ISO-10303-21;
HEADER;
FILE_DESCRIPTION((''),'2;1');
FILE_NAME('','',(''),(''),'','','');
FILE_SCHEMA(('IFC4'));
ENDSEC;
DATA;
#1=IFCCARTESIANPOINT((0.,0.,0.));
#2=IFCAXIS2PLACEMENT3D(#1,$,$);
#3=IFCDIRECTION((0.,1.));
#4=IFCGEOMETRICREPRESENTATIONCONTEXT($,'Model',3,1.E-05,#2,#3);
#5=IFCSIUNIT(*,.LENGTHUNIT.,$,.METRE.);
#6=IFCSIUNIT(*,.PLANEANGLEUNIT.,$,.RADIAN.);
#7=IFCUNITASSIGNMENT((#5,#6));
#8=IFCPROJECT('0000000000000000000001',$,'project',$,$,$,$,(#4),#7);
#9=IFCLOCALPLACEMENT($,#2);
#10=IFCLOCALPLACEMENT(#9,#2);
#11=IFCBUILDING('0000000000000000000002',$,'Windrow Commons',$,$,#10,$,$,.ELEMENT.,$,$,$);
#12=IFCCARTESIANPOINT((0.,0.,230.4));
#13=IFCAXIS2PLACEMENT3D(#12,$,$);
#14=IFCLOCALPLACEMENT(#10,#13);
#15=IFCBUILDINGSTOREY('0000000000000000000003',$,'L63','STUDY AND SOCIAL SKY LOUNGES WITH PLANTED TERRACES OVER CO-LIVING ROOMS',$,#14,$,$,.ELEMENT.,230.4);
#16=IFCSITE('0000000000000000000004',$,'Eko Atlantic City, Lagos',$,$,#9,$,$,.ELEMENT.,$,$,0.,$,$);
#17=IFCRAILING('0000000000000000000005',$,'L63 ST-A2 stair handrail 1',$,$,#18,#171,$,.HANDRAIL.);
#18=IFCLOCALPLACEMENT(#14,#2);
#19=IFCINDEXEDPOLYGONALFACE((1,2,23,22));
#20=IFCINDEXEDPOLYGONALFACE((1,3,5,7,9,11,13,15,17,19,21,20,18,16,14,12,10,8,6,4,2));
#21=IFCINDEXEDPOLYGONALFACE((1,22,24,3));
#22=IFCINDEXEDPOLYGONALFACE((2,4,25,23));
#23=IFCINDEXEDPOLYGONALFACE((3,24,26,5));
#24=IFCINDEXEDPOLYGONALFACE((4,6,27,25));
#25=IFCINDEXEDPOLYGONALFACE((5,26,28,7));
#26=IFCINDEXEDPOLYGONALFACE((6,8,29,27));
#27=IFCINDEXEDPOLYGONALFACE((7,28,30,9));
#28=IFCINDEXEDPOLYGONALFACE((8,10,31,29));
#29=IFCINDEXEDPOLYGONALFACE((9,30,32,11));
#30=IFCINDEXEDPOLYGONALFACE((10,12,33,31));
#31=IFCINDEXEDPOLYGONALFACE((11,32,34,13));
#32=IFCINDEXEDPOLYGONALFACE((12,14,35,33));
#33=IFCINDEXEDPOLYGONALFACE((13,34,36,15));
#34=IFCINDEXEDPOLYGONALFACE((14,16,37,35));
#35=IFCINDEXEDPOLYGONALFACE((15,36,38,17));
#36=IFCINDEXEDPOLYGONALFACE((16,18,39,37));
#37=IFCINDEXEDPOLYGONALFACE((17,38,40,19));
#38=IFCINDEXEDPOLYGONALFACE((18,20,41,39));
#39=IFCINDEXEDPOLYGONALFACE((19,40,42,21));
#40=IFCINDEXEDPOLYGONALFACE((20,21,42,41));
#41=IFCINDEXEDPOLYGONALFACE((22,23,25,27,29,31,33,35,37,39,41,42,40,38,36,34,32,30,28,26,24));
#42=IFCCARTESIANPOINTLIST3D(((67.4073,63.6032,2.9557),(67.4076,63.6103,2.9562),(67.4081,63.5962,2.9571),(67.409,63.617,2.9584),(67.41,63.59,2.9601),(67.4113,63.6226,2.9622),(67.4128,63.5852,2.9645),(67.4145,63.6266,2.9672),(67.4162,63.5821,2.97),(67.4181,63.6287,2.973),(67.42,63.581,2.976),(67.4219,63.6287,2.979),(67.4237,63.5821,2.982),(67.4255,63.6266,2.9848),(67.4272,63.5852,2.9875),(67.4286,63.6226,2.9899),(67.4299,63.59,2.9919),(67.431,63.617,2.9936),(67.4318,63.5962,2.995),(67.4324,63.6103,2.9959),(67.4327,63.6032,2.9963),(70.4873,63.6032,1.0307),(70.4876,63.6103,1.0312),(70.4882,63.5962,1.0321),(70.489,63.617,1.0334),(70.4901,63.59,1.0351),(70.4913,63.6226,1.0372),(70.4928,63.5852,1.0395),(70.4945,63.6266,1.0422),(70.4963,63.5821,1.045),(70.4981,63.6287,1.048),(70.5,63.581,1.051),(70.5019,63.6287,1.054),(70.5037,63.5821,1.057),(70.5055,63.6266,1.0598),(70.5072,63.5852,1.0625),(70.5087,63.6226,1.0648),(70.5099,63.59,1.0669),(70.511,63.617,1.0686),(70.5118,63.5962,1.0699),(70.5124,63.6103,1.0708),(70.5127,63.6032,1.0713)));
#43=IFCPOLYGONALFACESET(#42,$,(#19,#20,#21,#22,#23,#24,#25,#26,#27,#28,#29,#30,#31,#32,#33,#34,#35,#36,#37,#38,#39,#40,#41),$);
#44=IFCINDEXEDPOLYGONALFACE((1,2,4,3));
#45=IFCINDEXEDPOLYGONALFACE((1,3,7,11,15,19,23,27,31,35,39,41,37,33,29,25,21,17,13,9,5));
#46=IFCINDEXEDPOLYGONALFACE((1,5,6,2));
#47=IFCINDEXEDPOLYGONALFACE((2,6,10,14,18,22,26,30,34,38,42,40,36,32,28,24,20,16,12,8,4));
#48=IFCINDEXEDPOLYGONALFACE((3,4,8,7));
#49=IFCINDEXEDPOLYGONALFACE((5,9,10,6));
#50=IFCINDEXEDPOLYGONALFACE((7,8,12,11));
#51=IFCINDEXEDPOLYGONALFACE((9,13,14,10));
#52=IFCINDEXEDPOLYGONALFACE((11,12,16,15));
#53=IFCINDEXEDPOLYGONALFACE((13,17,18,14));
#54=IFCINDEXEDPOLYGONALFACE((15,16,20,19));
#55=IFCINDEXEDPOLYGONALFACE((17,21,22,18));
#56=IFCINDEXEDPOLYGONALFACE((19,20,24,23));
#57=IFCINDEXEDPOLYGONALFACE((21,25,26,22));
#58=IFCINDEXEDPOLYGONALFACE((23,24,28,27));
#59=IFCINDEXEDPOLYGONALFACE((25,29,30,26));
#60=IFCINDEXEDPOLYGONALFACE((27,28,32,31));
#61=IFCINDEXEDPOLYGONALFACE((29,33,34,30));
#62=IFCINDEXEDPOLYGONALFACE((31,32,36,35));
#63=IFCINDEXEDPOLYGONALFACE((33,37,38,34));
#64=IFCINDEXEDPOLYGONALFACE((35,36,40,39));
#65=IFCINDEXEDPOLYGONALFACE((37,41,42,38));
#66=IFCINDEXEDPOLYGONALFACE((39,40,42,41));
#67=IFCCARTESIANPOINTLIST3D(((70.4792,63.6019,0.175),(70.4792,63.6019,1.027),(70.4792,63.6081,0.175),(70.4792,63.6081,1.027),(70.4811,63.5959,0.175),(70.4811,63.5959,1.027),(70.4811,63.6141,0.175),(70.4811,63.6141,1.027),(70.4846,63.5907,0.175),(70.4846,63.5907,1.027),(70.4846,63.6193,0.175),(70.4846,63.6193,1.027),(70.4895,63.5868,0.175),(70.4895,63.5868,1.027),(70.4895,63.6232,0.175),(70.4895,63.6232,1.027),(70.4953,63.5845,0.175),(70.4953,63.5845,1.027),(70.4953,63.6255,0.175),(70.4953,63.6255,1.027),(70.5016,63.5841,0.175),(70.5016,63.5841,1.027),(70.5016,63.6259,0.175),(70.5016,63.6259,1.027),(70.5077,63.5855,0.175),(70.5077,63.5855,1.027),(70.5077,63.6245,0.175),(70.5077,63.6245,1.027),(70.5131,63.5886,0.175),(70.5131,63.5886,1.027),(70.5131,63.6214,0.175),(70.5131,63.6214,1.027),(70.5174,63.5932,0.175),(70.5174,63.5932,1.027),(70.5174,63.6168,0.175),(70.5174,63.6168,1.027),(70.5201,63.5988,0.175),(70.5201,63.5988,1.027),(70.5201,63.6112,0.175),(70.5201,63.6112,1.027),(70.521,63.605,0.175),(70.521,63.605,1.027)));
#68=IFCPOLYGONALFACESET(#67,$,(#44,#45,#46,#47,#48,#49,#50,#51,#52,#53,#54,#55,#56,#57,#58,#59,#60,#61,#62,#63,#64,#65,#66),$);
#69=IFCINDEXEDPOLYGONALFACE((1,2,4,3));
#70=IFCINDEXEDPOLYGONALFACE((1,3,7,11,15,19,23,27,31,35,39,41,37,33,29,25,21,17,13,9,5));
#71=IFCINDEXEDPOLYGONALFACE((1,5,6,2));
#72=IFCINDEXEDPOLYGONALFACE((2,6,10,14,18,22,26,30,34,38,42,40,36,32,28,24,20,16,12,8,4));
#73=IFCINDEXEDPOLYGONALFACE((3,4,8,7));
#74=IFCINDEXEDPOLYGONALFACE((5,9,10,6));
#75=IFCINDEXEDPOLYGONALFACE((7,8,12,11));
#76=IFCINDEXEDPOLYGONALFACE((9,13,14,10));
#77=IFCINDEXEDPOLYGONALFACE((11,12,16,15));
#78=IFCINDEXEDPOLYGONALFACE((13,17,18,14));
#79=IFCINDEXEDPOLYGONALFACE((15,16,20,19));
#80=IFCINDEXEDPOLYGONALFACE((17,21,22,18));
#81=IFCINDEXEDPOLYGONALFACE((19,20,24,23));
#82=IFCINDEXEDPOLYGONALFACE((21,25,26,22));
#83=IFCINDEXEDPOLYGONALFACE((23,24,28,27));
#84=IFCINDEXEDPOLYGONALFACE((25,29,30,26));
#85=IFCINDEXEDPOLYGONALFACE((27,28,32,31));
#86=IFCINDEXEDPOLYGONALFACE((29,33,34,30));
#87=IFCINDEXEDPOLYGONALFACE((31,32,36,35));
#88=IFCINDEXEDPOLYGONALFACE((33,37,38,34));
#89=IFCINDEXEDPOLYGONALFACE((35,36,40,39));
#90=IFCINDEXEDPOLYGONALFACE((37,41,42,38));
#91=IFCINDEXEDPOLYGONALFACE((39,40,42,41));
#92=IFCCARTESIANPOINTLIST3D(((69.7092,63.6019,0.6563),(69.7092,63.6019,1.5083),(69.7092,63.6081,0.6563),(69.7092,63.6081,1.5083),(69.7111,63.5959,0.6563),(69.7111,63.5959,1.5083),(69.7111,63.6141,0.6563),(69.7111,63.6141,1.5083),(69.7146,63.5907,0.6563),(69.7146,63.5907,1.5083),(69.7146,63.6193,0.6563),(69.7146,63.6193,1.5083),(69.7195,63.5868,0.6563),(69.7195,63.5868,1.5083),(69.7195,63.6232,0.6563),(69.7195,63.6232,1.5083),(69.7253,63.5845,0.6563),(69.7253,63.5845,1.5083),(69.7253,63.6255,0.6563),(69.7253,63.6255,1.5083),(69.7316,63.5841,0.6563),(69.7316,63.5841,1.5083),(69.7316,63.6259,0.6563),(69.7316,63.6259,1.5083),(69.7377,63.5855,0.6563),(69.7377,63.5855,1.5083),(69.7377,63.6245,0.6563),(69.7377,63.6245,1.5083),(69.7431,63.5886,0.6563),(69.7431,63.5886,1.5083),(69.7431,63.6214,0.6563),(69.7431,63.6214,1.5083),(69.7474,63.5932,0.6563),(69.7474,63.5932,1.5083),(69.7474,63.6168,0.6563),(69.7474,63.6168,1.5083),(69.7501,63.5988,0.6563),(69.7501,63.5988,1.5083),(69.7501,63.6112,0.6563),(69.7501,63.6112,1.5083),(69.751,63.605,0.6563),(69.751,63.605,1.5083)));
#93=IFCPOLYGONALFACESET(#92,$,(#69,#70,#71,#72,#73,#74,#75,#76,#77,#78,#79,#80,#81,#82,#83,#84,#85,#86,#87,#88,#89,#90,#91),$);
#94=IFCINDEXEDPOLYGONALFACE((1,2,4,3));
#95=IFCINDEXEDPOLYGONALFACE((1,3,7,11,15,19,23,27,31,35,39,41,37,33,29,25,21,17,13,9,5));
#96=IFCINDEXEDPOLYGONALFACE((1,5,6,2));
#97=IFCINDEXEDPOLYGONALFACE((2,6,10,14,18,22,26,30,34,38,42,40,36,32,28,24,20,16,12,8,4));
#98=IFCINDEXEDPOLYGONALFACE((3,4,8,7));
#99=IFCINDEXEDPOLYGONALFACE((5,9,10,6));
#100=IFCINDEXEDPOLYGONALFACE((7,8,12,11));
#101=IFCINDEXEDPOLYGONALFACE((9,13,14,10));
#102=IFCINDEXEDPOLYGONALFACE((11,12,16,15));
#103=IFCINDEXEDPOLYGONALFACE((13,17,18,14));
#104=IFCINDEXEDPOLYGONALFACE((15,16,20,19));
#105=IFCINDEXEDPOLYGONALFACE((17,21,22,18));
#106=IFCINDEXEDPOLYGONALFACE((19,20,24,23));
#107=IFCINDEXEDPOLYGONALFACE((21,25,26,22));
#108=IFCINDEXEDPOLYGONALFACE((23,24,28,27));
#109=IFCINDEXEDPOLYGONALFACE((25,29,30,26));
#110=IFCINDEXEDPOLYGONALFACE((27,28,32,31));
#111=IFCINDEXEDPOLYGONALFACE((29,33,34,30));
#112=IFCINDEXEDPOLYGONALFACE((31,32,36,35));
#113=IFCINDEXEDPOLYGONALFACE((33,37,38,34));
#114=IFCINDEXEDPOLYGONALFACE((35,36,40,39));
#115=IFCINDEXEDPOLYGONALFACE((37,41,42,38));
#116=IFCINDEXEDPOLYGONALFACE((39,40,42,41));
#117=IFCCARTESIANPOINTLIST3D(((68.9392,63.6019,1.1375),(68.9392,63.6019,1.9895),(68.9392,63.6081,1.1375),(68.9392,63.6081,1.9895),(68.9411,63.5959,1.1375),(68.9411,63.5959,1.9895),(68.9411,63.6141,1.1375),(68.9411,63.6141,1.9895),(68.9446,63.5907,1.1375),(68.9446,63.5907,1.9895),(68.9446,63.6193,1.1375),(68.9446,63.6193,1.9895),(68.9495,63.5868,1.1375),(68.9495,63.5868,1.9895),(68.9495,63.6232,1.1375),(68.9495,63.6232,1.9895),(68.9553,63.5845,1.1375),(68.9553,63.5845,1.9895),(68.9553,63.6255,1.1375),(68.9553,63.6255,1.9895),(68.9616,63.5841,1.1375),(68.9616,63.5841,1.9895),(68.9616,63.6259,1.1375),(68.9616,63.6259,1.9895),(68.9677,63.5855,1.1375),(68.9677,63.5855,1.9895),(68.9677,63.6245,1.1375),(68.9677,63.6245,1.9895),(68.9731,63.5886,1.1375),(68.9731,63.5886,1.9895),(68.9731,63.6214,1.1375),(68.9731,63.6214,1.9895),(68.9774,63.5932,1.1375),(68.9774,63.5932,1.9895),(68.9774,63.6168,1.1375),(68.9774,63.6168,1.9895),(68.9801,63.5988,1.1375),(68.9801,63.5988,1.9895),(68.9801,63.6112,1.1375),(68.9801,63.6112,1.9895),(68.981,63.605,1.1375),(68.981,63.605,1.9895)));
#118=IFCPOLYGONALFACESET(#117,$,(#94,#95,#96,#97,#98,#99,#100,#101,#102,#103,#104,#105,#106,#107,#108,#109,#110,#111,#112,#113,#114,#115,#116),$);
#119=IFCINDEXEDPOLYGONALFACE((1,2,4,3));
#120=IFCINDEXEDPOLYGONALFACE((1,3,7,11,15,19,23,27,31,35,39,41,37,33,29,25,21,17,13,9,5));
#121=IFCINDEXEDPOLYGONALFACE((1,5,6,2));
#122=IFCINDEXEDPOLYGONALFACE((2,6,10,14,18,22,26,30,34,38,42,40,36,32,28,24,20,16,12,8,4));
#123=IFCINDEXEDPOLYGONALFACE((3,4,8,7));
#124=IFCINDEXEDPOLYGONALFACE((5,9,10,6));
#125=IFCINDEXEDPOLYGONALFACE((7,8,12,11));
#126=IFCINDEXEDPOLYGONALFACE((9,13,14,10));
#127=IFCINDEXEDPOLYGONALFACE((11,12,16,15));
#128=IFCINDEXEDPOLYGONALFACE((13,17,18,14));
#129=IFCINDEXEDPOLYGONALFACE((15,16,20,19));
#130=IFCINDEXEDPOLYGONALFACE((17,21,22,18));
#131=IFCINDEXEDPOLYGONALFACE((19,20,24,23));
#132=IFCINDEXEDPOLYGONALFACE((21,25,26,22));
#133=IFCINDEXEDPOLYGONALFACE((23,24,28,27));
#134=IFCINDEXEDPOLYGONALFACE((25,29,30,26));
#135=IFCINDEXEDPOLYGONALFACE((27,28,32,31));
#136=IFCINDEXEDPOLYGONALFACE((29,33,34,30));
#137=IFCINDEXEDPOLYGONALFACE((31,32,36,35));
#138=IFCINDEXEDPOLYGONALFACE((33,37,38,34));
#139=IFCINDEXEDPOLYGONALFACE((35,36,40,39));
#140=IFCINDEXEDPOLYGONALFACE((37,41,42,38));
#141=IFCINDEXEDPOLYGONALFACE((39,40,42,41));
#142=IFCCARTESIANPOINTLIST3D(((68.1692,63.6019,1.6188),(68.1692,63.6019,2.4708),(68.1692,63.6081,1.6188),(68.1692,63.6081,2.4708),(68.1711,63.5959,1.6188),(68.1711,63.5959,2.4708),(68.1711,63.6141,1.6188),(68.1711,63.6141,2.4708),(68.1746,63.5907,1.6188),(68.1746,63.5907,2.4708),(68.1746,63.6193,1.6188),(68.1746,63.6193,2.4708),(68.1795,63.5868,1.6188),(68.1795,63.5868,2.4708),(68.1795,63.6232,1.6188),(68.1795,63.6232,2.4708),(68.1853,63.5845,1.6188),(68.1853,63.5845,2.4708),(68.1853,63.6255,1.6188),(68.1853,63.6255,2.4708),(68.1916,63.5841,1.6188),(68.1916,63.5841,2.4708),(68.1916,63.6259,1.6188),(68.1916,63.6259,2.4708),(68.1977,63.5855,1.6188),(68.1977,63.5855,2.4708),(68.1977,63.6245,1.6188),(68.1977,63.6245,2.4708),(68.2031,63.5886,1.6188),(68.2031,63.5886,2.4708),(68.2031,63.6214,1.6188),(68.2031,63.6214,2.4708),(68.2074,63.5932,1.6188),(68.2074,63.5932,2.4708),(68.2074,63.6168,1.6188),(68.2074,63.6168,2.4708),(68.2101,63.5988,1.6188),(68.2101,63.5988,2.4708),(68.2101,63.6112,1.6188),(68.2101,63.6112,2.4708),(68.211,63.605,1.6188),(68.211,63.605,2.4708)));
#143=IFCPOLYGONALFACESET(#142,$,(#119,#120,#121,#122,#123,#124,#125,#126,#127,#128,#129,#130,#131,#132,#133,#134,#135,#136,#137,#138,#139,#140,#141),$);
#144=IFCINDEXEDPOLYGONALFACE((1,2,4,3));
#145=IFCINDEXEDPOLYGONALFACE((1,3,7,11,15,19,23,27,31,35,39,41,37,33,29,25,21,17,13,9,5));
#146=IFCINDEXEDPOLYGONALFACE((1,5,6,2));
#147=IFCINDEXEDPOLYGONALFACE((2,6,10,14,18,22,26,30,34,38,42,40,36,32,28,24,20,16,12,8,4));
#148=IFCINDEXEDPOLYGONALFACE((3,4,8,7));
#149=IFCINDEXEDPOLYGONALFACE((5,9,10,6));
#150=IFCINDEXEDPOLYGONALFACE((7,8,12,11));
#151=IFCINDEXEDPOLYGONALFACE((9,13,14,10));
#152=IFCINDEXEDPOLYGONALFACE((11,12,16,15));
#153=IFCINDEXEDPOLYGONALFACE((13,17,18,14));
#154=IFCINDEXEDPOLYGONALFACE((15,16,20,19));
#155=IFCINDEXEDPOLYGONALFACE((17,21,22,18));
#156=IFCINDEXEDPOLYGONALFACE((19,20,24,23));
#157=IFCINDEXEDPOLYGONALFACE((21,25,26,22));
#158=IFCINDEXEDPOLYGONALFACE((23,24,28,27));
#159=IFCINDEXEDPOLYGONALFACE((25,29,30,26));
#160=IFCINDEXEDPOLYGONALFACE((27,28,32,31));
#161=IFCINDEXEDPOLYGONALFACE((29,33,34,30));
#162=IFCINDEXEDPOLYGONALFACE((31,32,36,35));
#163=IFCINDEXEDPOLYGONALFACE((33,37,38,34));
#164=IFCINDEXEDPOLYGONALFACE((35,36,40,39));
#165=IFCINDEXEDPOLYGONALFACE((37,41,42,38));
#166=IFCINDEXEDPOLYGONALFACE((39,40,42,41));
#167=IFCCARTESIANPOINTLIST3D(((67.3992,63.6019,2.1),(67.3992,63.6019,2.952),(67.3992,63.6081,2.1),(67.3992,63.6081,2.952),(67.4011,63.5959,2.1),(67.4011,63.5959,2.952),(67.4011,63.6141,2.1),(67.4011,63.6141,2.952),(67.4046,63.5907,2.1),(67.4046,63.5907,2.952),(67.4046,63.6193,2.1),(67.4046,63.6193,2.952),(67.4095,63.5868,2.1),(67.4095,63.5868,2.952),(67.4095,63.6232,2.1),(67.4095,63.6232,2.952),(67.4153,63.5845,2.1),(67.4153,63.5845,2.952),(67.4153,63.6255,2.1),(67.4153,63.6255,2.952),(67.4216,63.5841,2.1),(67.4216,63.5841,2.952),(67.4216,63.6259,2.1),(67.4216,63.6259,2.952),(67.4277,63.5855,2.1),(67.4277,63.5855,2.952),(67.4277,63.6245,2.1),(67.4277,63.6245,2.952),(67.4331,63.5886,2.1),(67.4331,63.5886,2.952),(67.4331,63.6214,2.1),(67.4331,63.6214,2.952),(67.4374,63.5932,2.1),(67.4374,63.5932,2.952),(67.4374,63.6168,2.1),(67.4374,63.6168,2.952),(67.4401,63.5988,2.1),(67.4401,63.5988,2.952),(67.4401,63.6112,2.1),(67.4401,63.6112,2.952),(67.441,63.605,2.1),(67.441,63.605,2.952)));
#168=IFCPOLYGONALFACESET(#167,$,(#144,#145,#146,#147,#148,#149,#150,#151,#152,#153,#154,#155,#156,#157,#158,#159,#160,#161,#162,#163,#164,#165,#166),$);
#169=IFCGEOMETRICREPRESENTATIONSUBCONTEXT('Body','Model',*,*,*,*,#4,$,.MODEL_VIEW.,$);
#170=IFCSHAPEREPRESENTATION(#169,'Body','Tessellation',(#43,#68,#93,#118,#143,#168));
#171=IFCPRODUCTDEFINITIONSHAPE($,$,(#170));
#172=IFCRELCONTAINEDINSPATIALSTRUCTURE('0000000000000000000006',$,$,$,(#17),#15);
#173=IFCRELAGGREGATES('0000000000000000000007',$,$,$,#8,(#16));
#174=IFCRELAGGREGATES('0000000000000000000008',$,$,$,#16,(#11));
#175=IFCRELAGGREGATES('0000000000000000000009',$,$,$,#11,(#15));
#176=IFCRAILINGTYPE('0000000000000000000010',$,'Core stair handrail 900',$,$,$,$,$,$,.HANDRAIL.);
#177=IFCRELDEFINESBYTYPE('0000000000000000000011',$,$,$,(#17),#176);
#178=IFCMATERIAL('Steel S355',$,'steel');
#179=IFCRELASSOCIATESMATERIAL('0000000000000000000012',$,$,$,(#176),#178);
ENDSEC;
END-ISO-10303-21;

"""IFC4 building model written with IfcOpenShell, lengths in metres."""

from ifc_helpers import new_model, si_unit, direction, frame, origin, origin_2d, place, context, subcontext, project, spatial, circle, extrude, material, type_object, element, save


model = new_model("IFC4")

# Units and contexts
model_context = context("Model", 3, precision=1e-05, world=origin(), true_north=direction((0.0, 1.0)))
body_context = subcontext(model_context, "Body", "Model", "MODEL_VIEW")
ifc_project = project(units=[si_unit("LENGTHUNIT", "METRE"), si_unit("PLANEANGLEUNIT", "RADIAN")], contexts=[model_context])

# Site, building, storey
site_placement = place(None, origin())
site = spatial("IfcSite", under=ifc_project, at=site_placement, Name="Eko Atlantic City, Lagos", CompositionType="ELEMENT", RefElevation=0.0)
building_placement = place(site_placement, origin())
building = spatial("IfcBuilding", under=site, at=building_placement, Name="Windrow Commons", CompositionType="ELEMENT")
storey_placement = place(building_placement, frame((0.0, 0.0, 230.4)))
storey = spatial("IfcBuildingStorey", under=building, at=storey_placement, Name="L63", Description="STUDY AND SOCIAL SKY LOUNGES WITH PLANTED TERRACES OVER CO-LIVING ROOMS", CompositionType="ELEMENT", Elevation=230.4)

# Railing
ifc_material_1 = material(Name="Steel S355", Category="steel")
railing_type_1 = type_object("IfcRailingType", Name="Core stair handrail 900", PredefinedType="HANDRAIL", material=ifc_material_1)
railing_1_placement = place(storey_placement, frame((70.5, 63.605, 0.175)))
element("IfcRailing", 1, at=railing_1_placement, inside=storey, type_object=railing_type_1, Name="L63 ST-A2 stair handrail 1", PredefinedType="HANDRAIL", context=body_context, shape_type="SweptSolid", body=[
    extrude(circle(Radius=0.024, at=origin_2d()), frame((0.0, 0.0, 0.876), z_axis=(-0.847998, 0.0, 0.529999), x_axis=(0.0, -1.0, 0.0)), (0.0, 0.0, 1.0), 3.6321),
    extrude(circle(Radius=0.021, at=origin_2d()), origin(), (0.0, 0.0, 1.0), 0.852),
    extrude(circle(Radius=0.021, at=origin_2d()), frame((-0.77, 0.0, 0.4813)), (0.0, 0.0, 1.0), 0.852),
    extrude(circle(Radius=0.021, at=origin_2d()), frame((-1.54, 0.0, 0.9625)), (0.0, 0.0, 1.0), 0.852),
    extrude(circle(Radius=0.021, at=origin_2d()), frame((-2.31, 0.0, 1.4438)), (0.0, 0.0, 1.0), 0.852),
    extrude(circle(Radius=0.021, at=origin_2d()), frame((-3.08, 0.0, 1.925)), (0.0, 0.0, 1.0), 0.852),
])

save(model, "model.ifc")
